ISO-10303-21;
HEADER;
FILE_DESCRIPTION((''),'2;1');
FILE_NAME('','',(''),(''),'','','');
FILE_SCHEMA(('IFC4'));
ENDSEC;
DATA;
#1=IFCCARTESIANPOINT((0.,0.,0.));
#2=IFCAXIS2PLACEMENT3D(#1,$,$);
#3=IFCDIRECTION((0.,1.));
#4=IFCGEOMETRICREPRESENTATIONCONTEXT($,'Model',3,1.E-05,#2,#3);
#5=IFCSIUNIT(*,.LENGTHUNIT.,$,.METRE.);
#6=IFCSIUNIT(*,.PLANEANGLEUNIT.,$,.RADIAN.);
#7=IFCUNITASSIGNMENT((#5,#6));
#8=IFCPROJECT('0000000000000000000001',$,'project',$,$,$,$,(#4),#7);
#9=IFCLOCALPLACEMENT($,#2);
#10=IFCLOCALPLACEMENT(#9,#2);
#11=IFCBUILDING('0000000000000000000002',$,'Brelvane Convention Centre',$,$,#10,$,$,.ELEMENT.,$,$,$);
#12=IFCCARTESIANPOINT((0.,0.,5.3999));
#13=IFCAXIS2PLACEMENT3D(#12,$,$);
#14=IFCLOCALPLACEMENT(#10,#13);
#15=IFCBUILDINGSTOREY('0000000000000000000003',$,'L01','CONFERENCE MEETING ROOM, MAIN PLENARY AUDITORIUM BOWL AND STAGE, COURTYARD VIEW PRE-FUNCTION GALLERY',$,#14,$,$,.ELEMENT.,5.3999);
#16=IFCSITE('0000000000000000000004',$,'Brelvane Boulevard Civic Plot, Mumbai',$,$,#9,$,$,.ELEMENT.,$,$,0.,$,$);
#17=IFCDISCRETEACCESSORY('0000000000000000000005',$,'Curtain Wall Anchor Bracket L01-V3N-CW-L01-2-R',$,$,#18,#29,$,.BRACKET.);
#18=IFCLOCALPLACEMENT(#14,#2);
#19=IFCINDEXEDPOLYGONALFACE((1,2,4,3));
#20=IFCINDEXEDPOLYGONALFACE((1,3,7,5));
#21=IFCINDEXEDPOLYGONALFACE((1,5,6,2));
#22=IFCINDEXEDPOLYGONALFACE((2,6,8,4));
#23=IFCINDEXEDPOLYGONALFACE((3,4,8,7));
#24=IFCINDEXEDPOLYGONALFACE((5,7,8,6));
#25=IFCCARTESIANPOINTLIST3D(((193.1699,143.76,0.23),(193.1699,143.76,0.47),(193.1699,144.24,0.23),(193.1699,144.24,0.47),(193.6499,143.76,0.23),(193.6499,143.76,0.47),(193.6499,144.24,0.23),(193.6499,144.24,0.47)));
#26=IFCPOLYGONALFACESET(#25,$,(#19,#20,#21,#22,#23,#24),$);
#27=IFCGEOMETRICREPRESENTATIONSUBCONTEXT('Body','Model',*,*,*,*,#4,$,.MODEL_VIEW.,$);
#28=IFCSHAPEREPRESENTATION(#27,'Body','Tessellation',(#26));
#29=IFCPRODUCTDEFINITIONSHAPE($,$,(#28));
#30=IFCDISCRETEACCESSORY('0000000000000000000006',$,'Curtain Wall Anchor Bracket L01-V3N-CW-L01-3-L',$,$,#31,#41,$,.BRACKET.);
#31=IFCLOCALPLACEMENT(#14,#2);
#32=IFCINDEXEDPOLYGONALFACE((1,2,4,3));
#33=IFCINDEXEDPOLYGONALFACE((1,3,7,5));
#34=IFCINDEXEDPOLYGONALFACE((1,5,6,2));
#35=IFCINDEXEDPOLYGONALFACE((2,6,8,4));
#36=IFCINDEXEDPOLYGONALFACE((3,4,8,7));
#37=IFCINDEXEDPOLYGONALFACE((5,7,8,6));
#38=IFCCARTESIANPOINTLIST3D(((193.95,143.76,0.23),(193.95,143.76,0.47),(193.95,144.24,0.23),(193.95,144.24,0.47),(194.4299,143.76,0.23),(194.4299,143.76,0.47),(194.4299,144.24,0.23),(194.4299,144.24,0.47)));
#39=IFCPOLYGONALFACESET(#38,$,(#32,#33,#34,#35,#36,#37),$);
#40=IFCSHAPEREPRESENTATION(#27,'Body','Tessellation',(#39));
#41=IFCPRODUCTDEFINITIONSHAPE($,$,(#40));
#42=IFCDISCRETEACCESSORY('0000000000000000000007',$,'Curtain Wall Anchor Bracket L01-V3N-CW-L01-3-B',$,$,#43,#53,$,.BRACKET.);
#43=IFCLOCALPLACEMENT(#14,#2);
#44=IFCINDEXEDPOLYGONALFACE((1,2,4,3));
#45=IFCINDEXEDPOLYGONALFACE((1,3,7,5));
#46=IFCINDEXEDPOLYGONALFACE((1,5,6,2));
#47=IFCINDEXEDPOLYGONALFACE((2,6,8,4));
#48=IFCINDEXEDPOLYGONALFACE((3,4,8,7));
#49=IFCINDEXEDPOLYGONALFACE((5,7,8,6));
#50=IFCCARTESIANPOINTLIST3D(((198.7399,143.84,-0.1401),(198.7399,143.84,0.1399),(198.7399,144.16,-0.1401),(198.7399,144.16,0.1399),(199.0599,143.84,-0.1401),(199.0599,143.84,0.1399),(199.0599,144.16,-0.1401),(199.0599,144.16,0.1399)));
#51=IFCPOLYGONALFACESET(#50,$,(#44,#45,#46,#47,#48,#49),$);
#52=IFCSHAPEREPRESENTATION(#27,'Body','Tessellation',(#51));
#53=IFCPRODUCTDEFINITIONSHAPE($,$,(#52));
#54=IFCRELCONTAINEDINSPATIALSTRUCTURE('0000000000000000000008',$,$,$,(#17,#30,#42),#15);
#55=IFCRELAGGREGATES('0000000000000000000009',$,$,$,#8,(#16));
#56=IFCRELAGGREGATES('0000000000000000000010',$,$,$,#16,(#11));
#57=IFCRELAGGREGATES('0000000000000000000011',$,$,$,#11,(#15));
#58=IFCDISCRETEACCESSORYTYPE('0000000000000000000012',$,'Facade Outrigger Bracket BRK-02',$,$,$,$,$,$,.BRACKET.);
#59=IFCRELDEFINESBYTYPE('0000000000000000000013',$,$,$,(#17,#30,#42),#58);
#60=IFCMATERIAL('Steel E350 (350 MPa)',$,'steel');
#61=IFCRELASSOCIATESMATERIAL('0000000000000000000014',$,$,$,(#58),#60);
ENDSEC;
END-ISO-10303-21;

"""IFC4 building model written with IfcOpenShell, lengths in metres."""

from ifc_helpers import new_model, si_unit, direction, frame, origin, origin_2d, place, context, subcontext, project, spatial, rectangle, extrude, material, type_object, element, save


model = new_model("IFC4")

# Units and contexts
model_context = context("Model", 3, precision=1e-05, world=origin(), true_north=direction((0.0, 1.0)))
body_context = subcontext(model_context, "Body", "Model", "MODEL_VIEW")
ifc_project = project(units=[si_unit("LENGTHUNIT", "METRE"), si_unit("PLANEANGLEUNIT", "RADIAN")], contexts=[model_context])

# Site, building, storey
site_placement = place(None, origin())
site = spatial("IfcSite", under=ifc_project, at=site_placement, Name="Brelvane Boulevard Civic Plot, Mumbai", CompositionType="ELEMENT", RefElevation=0.0)
building_placement = place(site_placement, origin())
building = spatial("IfcBuilding", under=site, at=building_placement, Name="Brelvane Convention Centre", CompositionType="ELEMENT")
storey_placement = place(building_placement, frame((0.0, 0.0, 5.3999)))
storey = spatial("IfcBuildingStorey", under=building, at=storey_placement, Name="L01", Description="CONFERENCE MEETING ROOM, MAIN PLENARY AUDITORIUM BOWL AND STAGE, COURTYARD VIEW PRE-FUNCTION GALLERY", CompositionType="ELEMENT", Elevation=5.3999)

# Discrete accessories
ifc_material_1 = material(Name="Steel E350 (350 MPa)", Category="steel")
discrete_accessory_type = type_object("IfcDiscreteAccessoryType", Name="Facade Outrigger Bracket BRK-02", PredefinedType="BRACKET", material=ifc_material_1)
for number, where, z_axis, x_axis, name in (
    (1, (193.4099, 144.0, 0.23), (0.0, 0.0, 1.0), (1.0, 0.0, 0.0), "Curtain Wall Anchor Bracket L01-V3N-CW-L01-2-R"),
    (2, (194.1899, 144.0, 0.23), (0.0, 0.0, 1.0), (1.0, 0.0, 0.0), "Curtain Wall Anchor Bracket L01-V3N-CW-L01-3-L"),
):
    element("IfcDiscreteAccessory", number, at=place(storey_placement, frame(where, z_axis=z_axis, x_axis=x_axis)), inside=storey, type_object=discrete_accessory_type, Name=name, PredefinedType="BRACKET", context=body_context, shape_type="SweptSolid", body=[
        extrude(rectangle(XDim=0.48, YDim=0.48, at=origin_2d()), origin(), (0.0, 0.0, 1.0), 0.24),
    ])
discrete_accessory_placement = place(storey_placement, frame((198.8999, 144.0, -0.1401), z_axis=(0.0, 0.0, 1.0), x_axis=(1.0, 0.0, 0.0)))
element("IfcDiscreteAccessory", 3, at=discrete_accessory_placement, inside=storey, type_object=discrete_accessory_type, Name="Curtain Wall Anchor Bracket L01-V3N-CW-L01-3-B", PredefinedType="BRACKET", context=body_context, shape_type="SweptSolid", body=[
    extrude(rectangle(XDim=0.3201, YDim=0.3201, at=origin_2d()), origin(), (0.0, 0.0, 1.0), 0.28),
])

save(model, "model.ifc")
